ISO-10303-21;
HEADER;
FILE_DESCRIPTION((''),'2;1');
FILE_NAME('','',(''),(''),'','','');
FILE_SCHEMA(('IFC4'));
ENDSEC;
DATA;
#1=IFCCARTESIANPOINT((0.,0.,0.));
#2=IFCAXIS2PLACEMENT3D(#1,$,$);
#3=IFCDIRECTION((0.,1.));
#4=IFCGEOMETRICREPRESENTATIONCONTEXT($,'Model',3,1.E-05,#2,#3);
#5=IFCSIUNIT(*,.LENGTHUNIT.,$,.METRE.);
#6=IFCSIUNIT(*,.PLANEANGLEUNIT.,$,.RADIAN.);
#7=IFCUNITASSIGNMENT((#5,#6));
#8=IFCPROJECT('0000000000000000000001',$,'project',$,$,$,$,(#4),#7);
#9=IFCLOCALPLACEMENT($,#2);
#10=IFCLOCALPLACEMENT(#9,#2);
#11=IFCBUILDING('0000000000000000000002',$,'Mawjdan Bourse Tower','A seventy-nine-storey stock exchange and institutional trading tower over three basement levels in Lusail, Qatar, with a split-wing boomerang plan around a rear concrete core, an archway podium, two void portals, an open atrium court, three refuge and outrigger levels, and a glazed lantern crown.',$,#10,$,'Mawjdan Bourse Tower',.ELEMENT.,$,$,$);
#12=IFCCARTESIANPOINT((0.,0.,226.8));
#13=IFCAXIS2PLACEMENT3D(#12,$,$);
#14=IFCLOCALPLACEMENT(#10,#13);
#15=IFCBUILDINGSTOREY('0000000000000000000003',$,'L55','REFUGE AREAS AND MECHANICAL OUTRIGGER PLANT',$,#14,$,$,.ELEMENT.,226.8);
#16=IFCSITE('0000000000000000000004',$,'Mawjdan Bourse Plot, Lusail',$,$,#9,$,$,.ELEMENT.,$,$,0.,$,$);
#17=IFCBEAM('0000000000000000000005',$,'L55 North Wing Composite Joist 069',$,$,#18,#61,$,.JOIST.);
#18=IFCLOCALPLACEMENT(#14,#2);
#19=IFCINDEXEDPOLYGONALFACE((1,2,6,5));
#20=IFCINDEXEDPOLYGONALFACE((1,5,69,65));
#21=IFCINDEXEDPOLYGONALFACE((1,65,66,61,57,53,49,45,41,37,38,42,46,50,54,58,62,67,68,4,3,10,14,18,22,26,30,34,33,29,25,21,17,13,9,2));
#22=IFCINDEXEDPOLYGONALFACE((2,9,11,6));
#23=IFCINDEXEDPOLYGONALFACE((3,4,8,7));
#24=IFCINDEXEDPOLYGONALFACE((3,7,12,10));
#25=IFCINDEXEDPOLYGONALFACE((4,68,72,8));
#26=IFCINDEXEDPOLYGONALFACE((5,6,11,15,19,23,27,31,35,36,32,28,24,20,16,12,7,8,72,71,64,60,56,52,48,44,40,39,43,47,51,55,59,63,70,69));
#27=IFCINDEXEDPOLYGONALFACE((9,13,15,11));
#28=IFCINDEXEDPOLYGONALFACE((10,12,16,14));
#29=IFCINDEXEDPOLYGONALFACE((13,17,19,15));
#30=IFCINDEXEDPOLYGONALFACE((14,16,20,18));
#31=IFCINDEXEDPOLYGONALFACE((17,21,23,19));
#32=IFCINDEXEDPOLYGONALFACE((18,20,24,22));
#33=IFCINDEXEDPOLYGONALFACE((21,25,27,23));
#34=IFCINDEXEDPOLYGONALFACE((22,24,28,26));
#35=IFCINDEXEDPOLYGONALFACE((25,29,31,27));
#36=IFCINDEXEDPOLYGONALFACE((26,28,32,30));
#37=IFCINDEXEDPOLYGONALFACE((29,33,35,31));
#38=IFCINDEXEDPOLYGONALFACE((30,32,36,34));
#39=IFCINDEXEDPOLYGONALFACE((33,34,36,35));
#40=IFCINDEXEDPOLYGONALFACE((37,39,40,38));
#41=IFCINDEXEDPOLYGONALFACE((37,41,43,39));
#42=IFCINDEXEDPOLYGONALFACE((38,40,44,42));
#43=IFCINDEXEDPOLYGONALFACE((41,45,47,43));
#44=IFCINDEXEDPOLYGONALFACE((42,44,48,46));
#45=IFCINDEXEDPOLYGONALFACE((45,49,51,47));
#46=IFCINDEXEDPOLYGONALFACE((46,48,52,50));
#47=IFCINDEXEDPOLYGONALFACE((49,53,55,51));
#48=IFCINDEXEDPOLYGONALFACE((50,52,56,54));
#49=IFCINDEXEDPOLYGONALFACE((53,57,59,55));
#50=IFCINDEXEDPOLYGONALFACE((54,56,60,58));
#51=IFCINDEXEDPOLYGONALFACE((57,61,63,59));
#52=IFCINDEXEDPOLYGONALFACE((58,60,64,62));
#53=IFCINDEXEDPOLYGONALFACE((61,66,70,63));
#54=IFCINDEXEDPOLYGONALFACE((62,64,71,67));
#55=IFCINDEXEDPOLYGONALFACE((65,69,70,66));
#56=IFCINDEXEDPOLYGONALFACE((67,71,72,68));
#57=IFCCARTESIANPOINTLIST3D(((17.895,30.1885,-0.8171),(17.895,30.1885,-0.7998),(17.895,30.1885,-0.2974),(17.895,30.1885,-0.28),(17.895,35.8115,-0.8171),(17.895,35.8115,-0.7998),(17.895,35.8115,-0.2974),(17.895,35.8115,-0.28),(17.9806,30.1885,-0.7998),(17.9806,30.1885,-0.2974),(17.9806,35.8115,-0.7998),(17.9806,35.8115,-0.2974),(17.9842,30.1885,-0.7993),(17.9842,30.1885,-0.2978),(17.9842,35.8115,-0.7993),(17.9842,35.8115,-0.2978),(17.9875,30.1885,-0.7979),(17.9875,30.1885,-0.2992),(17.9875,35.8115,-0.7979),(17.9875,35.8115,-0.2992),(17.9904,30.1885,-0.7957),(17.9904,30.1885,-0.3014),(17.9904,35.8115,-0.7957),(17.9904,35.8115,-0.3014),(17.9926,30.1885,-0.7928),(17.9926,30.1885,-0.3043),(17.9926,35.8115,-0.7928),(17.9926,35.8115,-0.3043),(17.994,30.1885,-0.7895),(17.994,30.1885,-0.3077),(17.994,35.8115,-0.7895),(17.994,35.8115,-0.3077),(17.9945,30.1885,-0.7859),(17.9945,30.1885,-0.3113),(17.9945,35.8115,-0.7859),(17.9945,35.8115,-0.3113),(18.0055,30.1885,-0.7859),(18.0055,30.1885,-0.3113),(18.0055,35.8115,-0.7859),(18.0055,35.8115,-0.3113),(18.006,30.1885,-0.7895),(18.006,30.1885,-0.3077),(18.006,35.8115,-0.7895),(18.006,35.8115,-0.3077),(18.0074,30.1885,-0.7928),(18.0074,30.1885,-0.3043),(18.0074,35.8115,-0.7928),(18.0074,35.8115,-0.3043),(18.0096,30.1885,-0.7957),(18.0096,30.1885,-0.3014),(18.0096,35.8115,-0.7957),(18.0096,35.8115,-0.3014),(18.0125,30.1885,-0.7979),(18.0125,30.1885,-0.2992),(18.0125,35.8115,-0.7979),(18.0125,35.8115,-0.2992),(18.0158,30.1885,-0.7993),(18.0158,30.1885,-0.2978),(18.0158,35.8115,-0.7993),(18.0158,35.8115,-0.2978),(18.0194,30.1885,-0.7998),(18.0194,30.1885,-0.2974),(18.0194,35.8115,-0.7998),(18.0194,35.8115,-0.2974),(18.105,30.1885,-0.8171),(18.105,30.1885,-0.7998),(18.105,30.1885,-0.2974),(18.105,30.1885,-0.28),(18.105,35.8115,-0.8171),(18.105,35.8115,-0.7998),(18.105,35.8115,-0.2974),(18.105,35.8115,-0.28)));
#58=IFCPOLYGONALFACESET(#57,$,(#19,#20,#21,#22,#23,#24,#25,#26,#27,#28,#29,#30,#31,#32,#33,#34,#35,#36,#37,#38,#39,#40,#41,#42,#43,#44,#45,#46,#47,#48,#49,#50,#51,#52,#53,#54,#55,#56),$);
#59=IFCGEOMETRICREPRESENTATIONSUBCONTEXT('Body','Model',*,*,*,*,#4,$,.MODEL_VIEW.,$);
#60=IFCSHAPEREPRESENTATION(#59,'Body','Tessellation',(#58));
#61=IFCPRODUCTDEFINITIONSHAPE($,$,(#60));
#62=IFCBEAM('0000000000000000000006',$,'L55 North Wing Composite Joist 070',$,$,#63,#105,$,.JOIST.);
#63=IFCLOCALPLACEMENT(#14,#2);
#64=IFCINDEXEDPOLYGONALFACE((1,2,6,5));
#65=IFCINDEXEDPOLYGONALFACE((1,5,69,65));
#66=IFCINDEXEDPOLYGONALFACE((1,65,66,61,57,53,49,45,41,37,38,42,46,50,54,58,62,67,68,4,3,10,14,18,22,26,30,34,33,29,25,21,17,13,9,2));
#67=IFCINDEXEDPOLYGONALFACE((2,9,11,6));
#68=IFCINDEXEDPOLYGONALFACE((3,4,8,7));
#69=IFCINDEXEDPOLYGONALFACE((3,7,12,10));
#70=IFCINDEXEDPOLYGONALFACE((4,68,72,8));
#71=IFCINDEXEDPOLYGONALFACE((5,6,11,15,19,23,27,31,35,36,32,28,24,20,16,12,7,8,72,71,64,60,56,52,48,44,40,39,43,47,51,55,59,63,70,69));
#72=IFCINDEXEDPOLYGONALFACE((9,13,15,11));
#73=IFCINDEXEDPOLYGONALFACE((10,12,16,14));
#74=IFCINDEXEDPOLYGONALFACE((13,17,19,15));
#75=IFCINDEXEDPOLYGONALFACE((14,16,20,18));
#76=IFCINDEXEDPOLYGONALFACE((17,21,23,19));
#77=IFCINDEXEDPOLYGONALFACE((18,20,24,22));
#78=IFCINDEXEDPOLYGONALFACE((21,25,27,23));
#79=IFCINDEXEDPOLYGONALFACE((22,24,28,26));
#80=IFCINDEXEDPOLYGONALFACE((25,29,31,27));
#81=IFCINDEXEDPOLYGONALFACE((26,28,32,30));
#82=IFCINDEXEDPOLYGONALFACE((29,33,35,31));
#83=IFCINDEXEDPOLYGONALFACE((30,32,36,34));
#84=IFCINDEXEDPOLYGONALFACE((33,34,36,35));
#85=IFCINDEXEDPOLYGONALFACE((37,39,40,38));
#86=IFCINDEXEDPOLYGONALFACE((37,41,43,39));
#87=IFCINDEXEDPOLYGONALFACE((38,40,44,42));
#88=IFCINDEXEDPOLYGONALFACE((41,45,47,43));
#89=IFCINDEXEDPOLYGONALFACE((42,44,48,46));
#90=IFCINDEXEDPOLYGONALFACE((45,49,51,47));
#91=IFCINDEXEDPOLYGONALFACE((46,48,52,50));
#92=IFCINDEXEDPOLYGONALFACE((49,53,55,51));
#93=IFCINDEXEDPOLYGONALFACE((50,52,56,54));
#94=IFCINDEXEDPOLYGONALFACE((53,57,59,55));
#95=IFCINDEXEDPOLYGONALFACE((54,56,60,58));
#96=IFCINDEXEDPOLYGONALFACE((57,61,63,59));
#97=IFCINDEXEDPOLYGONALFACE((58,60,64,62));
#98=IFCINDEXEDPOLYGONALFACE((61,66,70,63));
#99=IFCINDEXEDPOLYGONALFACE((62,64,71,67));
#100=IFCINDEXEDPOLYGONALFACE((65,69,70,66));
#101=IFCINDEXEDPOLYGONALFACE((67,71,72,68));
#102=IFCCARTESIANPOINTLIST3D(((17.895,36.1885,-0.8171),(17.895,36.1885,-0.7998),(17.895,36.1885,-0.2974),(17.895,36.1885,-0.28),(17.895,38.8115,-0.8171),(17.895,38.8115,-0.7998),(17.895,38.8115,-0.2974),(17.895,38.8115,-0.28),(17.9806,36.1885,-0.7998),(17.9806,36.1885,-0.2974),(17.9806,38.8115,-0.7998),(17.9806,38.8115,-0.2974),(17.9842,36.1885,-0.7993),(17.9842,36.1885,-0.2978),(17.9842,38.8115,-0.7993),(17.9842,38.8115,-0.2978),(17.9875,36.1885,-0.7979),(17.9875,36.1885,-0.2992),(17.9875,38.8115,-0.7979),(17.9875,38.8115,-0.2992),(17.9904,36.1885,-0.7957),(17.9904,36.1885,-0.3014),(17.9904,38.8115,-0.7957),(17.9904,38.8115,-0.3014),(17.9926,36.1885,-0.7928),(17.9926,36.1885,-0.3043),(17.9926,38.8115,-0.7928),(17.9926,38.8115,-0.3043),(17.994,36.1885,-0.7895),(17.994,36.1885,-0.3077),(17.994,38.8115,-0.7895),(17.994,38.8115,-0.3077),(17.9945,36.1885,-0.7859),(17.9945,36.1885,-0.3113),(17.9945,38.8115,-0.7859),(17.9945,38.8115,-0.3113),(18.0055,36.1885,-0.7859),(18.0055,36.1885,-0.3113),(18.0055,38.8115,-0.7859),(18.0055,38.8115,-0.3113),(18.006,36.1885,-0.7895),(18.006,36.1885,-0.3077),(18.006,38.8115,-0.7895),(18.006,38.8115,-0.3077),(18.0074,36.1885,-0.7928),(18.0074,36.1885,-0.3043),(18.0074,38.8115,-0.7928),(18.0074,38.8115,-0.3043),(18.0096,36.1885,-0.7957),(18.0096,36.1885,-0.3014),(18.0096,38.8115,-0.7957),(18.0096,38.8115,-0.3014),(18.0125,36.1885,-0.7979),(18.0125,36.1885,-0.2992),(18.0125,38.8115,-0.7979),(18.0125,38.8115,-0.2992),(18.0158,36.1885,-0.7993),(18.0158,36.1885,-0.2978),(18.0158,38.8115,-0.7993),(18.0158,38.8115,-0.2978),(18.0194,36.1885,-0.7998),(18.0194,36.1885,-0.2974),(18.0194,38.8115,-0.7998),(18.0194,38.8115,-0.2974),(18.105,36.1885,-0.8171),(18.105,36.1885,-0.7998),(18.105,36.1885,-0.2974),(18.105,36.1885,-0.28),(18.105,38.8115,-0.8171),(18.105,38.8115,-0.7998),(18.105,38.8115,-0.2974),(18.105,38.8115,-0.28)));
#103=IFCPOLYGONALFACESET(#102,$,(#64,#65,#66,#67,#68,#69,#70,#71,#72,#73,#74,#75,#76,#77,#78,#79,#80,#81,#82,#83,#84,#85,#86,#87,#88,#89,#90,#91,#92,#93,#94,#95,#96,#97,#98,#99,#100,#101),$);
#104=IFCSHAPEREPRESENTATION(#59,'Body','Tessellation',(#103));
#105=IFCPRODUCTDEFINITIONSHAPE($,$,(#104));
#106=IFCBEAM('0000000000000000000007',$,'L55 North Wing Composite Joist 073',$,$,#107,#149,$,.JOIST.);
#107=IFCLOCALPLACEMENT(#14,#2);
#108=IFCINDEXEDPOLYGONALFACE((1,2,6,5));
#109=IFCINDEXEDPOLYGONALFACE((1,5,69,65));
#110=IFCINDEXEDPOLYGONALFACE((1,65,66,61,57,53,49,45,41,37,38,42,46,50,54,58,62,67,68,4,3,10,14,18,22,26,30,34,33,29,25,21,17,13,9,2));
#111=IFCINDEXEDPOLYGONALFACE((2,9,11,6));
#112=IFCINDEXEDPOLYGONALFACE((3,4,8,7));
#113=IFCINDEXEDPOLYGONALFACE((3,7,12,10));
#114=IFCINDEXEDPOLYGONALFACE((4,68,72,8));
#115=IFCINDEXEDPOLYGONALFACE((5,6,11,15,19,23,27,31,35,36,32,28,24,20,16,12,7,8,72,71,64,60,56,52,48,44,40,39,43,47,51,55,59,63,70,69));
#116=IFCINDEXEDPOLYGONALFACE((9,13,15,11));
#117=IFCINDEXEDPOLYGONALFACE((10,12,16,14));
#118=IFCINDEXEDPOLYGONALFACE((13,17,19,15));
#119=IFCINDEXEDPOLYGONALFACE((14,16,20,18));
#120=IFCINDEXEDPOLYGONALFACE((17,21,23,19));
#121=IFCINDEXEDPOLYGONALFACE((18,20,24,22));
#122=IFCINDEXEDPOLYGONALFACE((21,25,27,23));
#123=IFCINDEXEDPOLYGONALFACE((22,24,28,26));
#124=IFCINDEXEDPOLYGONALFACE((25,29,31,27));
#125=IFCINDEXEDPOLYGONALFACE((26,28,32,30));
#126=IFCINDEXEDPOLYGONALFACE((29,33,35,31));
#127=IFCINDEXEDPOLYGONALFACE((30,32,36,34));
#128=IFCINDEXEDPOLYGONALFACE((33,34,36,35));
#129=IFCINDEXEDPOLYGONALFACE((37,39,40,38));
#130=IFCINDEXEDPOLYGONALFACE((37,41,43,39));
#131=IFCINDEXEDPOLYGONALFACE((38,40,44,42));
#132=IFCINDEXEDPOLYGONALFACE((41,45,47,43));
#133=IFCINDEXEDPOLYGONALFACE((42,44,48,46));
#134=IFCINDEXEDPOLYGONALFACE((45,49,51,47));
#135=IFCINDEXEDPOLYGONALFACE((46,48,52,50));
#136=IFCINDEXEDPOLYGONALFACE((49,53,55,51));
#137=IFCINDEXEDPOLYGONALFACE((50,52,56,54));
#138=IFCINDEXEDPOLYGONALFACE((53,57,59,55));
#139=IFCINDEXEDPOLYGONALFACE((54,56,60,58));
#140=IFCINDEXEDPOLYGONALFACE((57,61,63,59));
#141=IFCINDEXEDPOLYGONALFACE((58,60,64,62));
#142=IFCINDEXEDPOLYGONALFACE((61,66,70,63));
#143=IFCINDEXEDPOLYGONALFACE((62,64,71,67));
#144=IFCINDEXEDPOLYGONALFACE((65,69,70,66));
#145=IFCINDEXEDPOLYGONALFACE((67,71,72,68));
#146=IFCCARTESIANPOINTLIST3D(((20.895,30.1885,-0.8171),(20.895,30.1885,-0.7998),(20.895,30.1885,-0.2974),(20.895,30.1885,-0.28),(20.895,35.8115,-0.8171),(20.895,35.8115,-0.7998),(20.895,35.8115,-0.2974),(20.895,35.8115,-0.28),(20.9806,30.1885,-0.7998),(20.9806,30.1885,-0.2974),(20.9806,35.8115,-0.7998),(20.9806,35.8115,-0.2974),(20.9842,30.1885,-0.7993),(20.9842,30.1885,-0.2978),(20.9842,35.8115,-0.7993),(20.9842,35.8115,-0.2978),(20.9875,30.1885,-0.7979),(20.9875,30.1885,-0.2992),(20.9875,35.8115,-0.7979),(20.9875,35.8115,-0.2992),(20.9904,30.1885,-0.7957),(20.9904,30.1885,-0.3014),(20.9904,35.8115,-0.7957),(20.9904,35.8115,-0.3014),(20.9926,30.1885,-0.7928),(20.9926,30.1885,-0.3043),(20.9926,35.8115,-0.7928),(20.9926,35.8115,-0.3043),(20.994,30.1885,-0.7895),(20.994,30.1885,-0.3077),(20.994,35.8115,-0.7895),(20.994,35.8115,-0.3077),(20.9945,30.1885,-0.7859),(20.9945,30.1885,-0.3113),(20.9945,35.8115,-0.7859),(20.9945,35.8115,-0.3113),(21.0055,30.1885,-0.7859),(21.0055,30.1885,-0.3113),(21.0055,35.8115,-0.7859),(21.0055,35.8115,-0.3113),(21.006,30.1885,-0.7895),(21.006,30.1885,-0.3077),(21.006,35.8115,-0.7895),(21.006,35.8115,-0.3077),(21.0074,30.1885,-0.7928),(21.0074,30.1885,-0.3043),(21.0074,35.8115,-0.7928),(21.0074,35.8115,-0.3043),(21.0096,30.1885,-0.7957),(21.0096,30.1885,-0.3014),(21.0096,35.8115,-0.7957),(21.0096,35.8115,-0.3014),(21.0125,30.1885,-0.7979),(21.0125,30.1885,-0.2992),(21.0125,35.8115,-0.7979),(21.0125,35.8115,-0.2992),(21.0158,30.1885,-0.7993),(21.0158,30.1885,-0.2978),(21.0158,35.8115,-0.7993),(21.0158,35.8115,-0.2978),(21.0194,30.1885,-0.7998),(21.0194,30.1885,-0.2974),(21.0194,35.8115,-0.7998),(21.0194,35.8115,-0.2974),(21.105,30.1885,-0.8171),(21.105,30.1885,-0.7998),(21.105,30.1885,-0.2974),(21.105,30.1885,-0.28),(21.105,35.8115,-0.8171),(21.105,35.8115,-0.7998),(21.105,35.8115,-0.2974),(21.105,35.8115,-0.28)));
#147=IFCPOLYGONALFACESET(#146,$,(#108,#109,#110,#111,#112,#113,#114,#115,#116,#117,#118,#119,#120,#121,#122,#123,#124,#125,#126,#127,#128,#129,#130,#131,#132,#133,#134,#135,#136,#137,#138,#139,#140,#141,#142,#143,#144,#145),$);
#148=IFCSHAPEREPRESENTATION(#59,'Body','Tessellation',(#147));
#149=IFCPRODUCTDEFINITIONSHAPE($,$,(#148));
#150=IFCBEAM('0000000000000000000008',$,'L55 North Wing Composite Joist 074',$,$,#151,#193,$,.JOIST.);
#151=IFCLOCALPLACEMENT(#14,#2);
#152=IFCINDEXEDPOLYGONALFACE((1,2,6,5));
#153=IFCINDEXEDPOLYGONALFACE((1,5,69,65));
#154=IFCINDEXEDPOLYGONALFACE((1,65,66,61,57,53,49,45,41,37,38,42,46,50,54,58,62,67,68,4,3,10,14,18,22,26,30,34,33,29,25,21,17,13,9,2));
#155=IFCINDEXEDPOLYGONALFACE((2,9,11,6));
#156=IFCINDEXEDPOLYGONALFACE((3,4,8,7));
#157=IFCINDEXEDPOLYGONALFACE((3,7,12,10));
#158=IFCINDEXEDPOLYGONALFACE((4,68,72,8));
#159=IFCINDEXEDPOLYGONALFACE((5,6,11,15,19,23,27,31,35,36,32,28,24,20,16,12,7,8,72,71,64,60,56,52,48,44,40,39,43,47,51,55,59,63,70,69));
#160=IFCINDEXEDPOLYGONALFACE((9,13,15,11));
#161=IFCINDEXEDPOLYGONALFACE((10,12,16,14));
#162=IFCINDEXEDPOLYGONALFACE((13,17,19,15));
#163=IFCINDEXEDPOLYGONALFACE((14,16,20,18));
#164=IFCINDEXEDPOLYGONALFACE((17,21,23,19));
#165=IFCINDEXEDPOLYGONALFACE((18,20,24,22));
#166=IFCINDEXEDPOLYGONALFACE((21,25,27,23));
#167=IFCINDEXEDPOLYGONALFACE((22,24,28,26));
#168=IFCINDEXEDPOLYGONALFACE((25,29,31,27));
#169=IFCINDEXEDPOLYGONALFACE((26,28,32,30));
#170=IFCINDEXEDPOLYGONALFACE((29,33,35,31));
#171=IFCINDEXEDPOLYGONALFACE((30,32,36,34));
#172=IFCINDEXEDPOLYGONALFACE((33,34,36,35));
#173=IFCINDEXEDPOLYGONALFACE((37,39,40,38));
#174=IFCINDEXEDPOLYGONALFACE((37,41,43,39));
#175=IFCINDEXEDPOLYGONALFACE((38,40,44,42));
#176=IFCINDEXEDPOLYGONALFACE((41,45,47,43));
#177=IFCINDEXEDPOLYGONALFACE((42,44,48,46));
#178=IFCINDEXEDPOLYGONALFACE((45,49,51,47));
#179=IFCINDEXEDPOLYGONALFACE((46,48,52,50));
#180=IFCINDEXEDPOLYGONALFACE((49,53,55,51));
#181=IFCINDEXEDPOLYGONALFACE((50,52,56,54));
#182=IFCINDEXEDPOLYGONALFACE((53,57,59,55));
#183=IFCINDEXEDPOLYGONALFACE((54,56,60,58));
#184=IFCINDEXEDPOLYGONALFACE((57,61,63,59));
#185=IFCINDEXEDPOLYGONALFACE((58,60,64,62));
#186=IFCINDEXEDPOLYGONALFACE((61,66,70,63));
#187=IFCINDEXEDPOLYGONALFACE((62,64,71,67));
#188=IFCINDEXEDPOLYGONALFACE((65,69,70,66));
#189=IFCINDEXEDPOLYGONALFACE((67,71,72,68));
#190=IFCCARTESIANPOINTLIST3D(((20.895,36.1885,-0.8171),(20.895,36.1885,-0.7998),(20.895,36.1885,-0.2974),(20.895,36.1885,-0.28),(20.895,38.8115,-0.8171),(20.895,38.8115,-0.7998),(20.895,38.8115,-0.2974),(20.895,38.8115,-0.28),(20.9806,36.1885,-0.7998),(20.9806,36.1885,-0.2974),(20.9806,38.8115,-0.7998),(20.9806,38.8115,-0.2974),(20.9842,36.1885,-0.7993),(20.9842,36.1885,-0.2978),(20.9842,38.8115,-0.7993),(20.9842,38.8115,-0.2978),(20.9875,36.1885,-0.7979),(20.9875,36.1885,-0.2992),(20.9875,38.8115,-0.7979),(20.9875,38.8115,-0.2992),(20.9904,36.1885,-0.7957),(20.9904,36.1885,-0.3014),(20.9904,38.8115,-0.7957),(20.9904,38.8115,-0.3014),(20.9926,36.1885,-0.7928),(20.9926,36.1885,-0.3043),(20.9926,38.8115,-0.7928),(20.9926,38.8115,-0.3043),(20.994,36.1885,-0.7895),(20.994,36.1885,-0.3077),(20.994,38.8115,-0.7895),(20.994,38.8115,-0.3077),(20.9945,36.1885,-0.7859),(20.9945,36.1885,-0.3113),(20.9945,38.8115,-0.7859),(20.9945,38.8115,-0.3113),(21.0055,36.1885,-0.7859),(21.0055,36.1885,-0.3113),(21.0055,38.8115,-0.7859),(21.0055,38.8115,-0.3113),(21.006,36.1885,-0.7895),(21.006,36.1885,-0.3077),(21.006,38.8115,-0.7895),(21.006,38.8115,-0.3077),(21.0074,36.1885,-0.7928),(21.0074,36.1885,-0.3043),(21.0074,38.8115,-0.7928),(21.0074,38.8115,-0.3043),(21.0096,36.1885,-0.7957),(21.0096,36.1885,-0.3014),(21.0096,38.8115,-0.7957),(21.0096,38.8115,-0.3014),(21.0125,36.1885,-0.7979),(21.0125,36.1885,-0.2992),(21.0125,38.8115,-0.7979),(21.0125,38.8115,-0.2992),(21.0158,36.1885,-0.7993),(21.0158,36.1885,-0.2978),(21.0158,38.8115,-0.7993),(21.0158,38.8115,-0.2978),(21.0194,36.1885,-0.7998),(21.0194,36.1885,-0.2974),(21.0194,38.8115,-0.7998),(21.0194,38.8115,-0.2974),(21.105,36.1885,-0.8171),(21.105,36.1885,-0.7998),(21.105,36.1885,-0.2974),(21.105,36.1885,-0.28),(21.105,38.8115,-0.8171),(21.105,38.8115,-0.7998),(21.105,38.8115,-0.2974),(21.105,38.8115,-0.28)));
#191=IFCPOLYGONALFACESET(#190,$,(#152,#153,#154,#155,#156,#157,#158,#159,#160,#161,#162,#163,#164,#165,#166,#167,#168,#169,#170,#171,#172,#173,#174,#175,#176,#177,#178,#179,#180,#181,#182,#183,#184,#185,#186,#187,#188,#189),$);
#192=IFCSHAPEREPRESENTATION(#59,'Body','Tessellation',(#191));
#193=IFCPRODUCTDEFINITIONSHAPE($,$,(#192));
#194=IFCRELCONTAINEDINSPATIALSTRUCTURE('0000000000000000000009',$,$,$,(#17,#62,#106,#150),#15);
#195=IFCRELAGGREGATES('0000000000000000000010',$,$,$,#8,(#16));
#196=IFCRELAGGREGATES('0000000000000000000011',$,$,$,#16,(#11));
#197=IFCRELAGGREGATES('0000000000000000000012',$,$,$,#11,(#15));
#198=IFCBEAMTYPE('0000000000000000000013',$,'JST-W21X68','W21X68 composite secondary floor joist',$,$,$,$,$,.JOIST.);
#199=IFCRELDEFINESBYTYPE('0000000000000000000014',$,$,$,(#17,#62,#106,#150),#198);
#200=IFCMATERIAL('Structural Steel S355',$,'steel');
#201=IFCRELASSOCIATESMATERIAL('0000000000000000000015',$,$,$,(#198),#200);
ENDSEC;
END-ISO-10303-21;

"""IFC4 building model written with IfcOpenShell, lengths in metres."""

from ifc_helpers import new_model, si_unit, direction, frame, origin, origin_2d, place, context, subcontext, project, spatial, i_section, extrude, material, material_profile, profile_set, type_object, element, save


model = new_model("IFC4")

# Units and contexts
model_context = context("Model", 3, precision=1e-05, world=origin(), true_north=direction((0.0, 1.0)))
body_context = subcontext(model_context, "Body", "Model", "MODEL_VIEW")
ifc_project = project(units=[si_unit("LENGTHUNIT", "METRE"), si_unit("PLANEANGLEUNIT", "RADIAN")], contexts=[model_context])

# Site, building, storey
site_placement = place(None, origin())
site = spatial("IfcSite", under=ifc_project, at=site_placement, Name="Mawjdan Bourse Plot, Lusail", CompositionType="ELEMENT", RefElevation=0.0)
building_placement = place(site_placement, origin())
building = spatial("IfcBuilding", under=site, at=building_placement, Name="Mawjdan Bourse Tower", Description="A seventy-nine-storey stock exchange and institutional trading tower over three basement levels in Lusail, Qatar, with a split-wing boomerang plan around a rear concrete core, an archway podium, two void portals, an open atrium court, three refuge and outrigger levels, and a glazed lantern crown.", LongName="Mawjdan Bourse Tower", CompositionType="ELEMENT")
storey_placement = place(building_placement, frame((0.0, 0.0, 226.8)))
storey = spatial("IfcBuildingStorey", under=building, at=storey_placement, Name="L55", Description="REFUGE AREAS AND MECHANICAL OUTRIGGER PLANT", CompositionType="ELEMENT", Elevation=226.8)

# Shared definitions
ifc_material_1 = material(Name="Structural Steel S355", Category="steel")

# Beams
ifc_material_profile_1 = material_profile(ifc_material_1, i_section(OverallWidth=0.21, OverallDepth=0.5371, WebThickness=0.011, FlangeThickness=0.0173, FilletRadius=0.0139, at=origin_2d()), Name="W21X68")
ifc_profile_set_1 = profile_set([ifc_material_profile_1], Name="Structural Steel S355")
beam_type_1 = type_object("IfcBeamType", Name="JST-W21X68", Description="W21X68 composite secondary floor joist", PredefinedType="JOIST", material=ifc_profile_set_1)
beam_1_placement = place(storey_placement, frame((18.0, 30.1885, -0.5486), z_axis=(0.0, 1.0, 0.0), x_axis=(-1.0, 0.0, 0.0)))
element("IfcBeam", 1, at=beam_1_placement, inside=storey, type_object=beam_type_1, Name="L55 North Wing Composite Joist 069", PredefinedType="JOIST", context=body_context, shape_type="SweptSolid", body=[
    extrude(i_section(OverallWidth=0.21, OverallDepth=0.5371, WebThickness=0.011, FlangeThickness=0.0173, FilletRadius=0.0139, at=origin_2d()), origin(), (0.0, 0.0, 1.0), 5.623),
])
beam_2_placement = place(storey_placement, frame((18.0, 36.1885, -0.5486), z_axis=(0.0, 1.0, 0.0), x_axis=(-1.0, 0.0, 0.0)))
element("IfcBeam", 2, at=beam_2_placement, inside=storey, type_object=beam_type_1, Name="L55 North Wing Composite Joist 070", PredefinedType="JOIST", context=body_context, shape_type="SweptSolid", body=[
    extrude(i_section(OverallWidth=0.21, OverallDepth=0.5371, WebThickness=0.011, FlangeThickness=0.0173, FilletRadius=0.0139, at=origin_2d()), origin(), (0.0, 0.0, 1.0), 2.623),
])
beam_3_placement = place(storey_placement, frame((21.0, 30.1885, -0.5486), z_axis=(0.0, 1.0, 0.0), x_axis=(-1.0, 0.0, 0.0)))
element("IfcBeam", 3, at=beam_3_placement, inside=storey, type_object=beam_type_1, Name="L55 North Wing Composite Joist 073", PredefinedType="JOIST", context=body_context, shape_type="SweptSolid", body=[
    extrude(i_section(OverallWidth=0.21, OverallDepth=0.5371, WebThickness=0.011, FlangeThickness=0.0173, FilletRadius=0.0139, at=origin_2d()), origin(), (0.0, 0.0, 1.0), 5.623),
])
beam_4_placement = place(storey_placement, frame((21.0, 36.1885, -0.5486), z_axis=(0.0, 1.0, 0.0), x_axis=(-1.0, 0.0, 0.0)))
element("IfcBeam", 4, at=beam_4_placement, inside=storey, type_object=beam_type_1, Name="L55 North Wing Composite Joist 074", PredefinedType="JOIST", context=body_context, shape_type="SweptSolid", body=[
    extrude(i_section(OverallWidth=0.21, OverallDepth=0.5371, WebThickness=0.011, FlangeThickness=0.0173, FilletRadius=0.0139, at=origin_2d()), origin(), (0.0, 0.0, 1.0), 2.623),
])

save(model, "model.ifc")
